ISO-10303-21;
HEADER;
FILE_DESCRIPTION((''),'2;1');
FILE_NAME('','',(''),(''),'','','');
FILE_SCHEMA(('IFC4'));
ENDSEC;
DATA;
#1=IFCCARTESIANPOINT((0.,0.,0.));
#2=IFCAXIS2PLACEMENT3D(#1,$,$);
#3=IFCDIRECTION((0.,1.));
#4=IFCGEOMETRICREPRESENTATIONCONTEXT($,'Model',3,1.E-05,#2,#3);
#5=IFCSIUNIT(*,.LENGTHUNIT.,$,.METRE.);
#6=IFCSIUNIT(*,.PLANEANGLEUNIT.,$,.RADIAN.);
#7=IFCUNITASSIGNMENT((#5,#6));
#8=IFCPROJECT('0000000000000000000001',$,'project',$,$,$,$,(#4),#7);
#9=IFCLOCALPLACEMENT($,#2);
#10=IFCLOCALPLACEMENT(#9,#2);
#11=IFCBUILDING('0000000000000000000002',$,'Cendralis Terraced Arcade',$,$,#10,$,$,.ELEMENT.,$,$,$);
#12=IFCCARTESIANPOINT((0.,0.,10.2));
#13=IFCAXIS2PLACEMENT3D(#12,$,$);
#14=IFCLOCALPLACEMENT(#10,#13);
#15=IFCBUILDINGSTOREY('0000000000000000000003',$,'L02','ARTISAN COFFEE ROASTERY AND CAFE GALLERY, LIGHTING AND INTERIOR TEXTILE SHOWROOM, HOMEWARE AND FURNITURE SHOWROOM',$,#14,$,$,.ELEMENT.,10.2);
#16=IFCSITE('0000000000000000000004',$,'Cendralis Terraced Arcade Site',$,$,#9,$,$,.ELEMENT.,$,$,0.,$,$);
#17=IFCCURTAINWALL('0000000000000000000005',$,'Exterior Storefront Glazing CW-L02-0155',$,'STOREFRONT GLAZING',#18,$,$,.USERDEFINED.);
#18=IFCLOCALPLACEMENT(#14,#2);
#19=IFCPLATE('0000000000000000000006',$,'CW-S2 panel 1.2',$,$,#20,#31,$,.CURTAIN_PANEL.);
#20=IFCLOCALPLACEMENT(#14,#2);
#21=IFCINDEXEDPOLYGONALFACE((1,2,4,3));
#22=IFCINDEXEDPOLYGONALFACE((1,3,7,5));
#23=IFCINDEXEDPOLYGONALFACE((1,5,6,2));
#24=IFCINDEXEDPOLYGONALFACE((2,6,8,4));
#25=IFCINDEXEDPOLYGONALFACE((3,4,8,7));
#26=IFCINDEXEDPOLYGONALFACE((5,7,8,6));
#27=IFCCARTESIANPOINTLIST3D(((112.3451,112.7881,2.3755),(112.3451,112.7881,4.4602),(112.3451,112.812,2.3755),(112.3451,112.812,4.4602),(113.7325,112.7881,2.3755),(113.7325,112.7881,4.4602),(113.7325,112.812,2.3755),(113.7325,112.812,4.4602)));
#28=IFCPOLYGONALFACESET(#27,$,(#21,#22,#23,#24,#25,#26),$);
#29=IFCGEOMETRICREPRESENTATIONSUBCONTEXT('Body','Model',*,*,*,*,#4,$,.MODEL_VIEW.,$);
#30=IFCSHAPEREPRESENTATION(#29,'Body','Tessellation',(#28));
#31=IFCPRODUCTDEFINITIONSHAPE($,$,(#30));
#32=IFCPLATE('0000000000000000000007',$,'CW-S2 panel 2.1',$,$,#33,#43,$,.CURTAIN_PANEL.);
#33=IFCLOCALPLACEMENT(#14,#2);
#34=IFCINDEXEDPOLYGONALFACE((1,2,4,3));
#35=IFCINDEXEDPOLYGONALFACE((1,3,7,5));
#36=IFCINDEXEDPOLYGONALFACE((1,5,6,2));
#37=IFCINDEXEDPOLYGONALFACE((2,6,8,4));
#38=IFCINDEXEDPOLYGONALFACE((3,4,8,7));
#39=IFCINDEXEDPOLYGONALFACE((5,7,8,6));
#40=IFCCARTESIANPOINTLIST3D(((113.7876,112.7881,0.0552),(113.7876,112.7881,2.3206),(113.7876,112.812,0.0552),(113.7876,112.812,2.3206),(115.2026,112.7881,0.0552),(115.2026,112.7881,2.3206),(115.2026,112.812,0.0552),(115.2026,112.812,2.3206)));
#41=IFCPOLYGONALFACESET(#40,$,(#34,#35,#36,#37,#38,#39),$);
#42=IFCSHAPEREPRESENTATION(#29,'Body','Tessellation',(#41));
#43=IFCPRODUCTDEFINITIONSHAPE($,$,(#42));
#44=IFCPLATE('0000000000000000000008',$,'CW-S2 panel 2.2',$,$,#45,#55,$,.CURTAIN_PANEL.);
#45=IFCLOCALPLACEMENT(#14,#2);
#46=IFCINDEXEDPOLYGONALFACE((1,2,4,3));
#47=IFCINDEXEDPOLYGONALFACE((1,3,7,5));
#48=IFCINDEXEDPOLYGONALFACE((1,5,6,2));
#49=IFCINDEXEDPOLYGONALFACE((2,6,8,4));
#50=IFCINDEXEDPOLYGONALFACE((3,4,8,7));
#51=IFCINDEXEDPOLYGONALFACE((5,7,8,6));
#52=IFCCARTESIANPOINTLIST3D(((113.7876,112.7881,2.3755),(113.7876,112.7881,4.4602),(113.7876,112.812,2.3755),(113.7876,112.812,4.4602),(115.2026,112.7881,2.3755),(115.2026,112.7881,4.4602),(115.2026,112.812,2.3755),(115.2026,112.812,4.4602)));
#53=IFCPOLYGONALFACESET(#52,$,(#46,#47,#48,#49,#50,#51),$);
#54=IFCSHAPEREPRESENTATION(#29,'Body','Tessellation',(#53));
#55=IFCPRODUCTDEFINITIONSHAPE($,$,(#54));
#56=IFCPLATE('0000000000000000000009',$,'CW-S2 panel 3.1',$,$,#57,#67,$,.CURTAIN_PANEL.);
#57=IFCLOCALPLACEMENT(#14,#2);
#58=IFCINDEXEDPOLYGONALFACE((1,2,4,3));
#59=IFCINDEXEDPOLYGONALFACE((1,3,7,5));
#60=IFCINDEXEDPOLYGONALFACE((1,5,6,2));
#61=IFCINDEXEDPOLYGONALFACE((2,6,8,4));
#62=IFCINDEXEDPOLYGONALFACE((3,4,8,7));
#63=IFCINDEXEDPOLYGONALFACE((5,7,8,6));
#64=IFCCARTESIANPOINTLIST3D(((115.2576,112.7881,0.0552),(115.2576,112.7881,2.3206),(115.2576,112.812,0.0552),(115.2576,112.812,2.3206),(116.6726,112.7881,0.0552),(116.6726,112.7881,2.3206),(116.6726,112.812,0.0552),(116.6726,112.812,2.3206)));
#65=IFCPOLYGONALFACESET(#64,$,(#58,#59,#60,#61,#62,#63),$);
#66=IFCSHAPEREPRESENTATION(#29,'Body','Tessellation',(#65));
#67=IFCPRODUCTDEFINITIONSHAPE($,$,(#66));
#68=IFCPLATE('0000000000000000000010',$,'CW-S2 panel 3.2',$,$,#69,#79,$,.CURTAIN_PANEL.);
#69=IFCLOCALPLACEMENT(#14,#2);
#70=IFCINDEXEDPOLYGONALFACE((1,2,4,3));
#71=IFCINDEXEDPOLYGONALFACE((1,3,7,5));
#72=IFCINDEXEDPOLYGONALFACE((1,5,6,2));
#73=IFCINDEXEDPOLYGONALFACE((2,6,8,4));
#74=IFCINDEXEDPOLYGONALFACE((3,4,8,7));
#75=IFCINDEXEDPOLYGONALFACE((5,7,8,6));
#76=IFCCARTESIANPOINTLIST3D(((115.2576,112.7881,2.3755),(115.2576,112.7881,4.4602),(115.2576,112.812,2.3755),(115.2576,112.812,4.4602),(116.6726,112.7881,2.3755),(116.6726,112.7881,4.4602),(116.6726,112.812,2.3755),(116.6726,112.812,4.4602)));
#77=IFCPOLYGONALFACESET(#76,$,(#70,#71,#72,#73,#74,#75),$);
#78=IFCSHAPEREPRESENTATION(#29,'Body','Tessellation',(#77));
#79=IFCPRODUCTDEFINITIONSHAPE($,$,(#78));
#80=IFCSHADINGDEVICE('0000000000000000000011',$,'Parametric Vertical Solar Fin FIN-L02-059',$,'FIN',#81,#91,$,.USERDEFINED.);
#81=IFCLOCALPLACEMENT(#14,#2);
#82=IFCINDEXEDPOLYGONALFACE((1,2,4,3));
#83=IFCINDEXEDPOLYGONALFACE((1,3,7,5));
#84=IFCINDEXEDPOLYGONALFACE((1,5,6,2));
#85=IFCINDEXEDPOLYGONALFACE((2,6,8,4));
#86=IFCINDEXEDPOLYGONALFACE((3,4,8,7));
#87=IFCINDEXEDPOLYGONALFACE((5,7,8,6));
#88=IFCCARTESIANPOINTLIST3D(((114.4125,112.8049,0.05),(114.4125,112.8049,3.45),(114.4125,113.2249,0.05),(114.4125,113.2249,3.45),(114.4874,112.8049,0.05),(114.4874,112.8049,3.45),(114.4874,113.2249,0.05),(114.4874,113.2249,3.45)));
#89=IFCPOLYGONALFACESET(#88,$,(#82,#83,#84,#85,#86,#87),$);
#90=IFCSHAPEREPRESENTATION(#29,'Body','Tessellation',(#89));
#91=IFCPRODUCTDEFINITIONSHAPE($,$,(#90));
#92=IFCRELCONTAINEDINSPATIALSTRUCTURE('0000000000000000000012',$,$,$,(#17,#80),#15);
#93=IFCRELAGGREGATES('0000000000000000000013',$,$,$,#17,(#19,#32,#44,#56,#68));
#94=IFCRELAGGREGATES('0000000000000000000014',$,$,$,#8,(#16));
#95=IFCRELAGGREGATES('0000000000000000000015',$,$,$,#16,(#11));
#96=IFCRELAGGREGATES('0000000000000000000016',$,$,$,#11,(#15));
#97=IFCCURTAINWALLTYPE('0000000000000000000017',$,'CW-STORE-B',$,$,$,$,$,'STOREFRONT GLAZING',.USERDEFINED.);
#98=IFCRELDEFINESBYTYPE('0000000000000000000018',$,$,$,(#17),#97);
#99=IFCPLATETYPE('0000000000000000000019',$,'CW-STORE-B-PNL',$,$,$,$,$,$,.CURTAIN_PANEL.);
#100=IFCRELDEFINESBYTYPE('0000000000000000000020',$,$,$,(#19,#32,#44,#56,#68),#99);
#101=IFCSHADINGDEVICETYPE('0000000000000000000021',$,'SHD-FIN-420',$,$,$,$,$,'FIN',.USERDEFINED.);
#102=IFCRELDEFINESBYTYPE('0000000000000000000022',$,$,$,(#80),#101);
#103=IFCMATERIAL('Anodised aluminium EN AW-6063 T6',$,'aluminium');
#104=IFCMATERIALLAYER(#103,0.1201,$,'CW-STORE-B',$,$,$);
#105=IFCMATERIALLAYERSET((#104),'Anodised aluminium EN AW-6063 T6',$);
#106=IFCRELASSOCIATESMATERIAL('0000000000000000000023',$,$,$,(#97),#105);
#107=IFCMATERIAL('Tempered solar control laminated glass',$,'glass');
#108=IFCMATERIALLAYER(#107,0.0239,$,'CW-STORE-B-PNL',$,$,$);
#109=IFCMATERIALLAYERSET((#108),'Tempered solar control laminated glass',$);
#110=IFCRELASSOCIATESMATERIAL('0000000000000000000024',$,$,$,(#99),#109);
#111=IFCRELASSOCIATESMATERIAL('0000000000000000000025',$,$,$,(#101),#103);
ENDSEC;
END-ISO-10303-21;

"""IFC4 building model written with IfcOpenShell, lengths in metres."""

from ifc_helpers import new_model, si_unit, direction, frame, origin, origin_2d, place, context, subcontext, project, spatial, rectangle, extrude, material, layer, layer_set, type_object, element, aggregate, save


model = new_model("IFC4")

# Units and contexts
model_context = context("Model", 3, precision=1e-05, world=origin(), true_north=direction((0.0, 1.0)))
body_context = subcontext(model_context, "Body", "Model", "MODEL_VIEW")
ifc_project = project(units=[si_unit("LENGTHUNIT", "METRE"), si_unit("PLANEANGLEUNIT", "RADIAN")], contexts=[model_context])

# Site, building, storey
site_placement = place(None, origin())
site = spatial("IfcSite", under=ifc_project, at=site_placement, Name="Cendralis Terraced Arcade Site", CompositionType="ELEMENT", RefElevation=0.0)
building_placement = place(site_placement, origin())
building = spatial("IfcBuilding", under=site, at=building_placement, Name="Cendralis Terraced Arcade", CompositionType="ELEMENT")
storey_placement = place(building_placement, frame((0.0, 0.0, 10.2)))
storey = spatial("IfcBuildingStorey", under=building, at=storey_placement, Name="L02", Description="ARTISAN COFFEE ROASTERY AND CAFE GALLERY, LIGHTING AND INTERIOR TEXTILE SHOWROOM, HOMEWARE AND FURNITURE SHOWROOM", CompositionType="ELEMENT", Elevation=10.2)

# Curtain wall, plates
ifc_material_1 = material(Name="Anodised aluminium EN AW-6063 T6", Category="aluminium")
ifc_layer_1 = layer(ifc_material_1, 0.1201, Name="CW-STORE-B")
ifc_layer_set_1 = layer_set([ifc_layer_1], Name="Anodised aluminium EN AW-6063 T6")
curtain_wall_type = type_object("IfcCurtainWallType", Name="CW-STORE-B", ElementType="STOREFRONT GLAZING", PredefinedType="USERDEFINED", material=ifc_layer_set_1)
curtain_wall_placement = place(storey_placement, origin())
curtain_wall = element("IfcCurtainWall", 1, at=curtain_wall_placement, inside=storey, type_object=curtain_wall_type, Name="Exterior Storefront Glazing CW-L02-0155", ObjectType="STOREFRONT GLAZING", PredefinedType="USERDEFINED")
ifc_material_2 = material(Name="Tempered solar control laminated glass", Category="glass")
ifc_layer_2 = layer(ifc_material_2, 0.0239, Name="CW-STORE-B-PNL")
ifc_layer_set_2 = layer_set([ifc_layer_2], Name="Tempered solar control laminated glass")
plate_type = type_object("IfcPlateType", Name="CW-STORE-B-PNL", PredefinedType="CURTAIN_PANEL", material=ifc_layer_set_2)
plate_1_placement = place(storey_placement, frame((113.0388, 112.8, 2.3755), z_axis=(0.0, 0.0, 1.0), x_axis=(1.0, 0.0, 0.0)))
plate_1 = element("IfcPlate", 2, at=plate_1_placement, type_object=plate_type, Name="CW-S2 panel 1.2", PredefinedType="CURTAIN_PANEL", context=body_context, shape_type="SweptSolid", body=[
    extrude(rectangle(XDim=1.3875, YDim=0.0239, at=origin_2d()), origin(), (0.0, 0.0, 1.0), 2.0847),
])
plate_2_placement = place(storey_placement, frame((114.4951, 112.8, 0.0552), z_axis=(0.0, 0.0, 1.0), x_axis=(1.0, 0.0, 0.0)))
plate_2 = element("IfcPlate", 3, at=plate_2_placement, type_object=plate_type, Name="CW-S2 panel 2.1", PredefinedType="CURTAIN_PANEL", context=body_context, shape_type="SweptSolid", body=[
    extrude(rectangle(XDim=1.415, YDim=0.0239, at=origin_2d()), origin(), (0.0, 0.0, 1.0), 2.2654),
])
plate_3_placement = place(storey_placement, frame((114.4951, 112.8, 2.3755), z_axis=(0.0, 0.0, 1.0), x_axis=(1.0, 0.0, 0.0)))
plate_3 = element("IfcPlate", 4, at=plate_3_placement, type_object=plate_type, Name="CW-S2 panel 2.2", PredefinedType="CURTAIN_PANEL", context=body_context, shape_type="SweptSolid", body=[
    extrude(rectangle(XDim=1.415, YDim=0.0239, at=origin_2d()), origin(), (0.0, 0.0, 1.0), 2.0847),
])
plate_4_placement = place(storey_placement, frame((115.9651, 112.8, 0.0552), z_axis=(0.0, 0.0, 1.0), x_axis=(1.0, 0.0, 0.0)))
plate_4 = element("IfcPlate", 5, at=plate_4_placement, type_object=plate_type, Name="CW-S2 panel 3.1", PredefinedType="CURTAIN_PANEL", context=body_context, shape_type="SweptSolid", body=[
    extrude(rectangle(XDim=1.415, YDim=0.0239, at=origin_2d()), origin(), (0.0, 0.0, 1.0), 2.2654),
])
plate_5_placement = place(storey_placement, frame((115.9651, 112.8, 2.3755), z_axis=(0.0, 0.0, 1.0), x_axis=(1.0, 0.0, 0.0)))
plate_5 = element("IfcPlate", 6, at=plate_5_placement, type_object=plate_type, Name="CW-S2 panel 3.2", PredefinedType="CURTAIN_PANEL", context=body_context, shape_type="SweptSolid", body=[
    extrude(rectangle(XDim=1.415, YDim=0.0239, at=origin_2d()), origin(), (0.0, 0.0, 1.0), 2.0847),
])
aggregate(curtain_wall, [plate_1, plate_2, plate_3, plate_4, plate_5])

# Shading device
shading_device_type = type_object("IfcShadingDeviceType", Name="SHD-FIN-420", ElementType="FIN", PredefinedType="USERDEFINED", material=ifc_material_1)
shading_device_placement = place(storey_placement, frame((114.45, 113.0149, 0.05), z_axis=(0.0, 0.0, 1.0), x_axis=(1.0, 0.0, 0.0)))
element("IfcShadingDevice", 7, at=shading_device_placement, inside=storey, type_object=shading_device_type, Name="Parametric Vertical Solar Fin FIN-L02-059", ObjectType="FIN", PredefinedType="USERDEFINED", context=body_context, shape_type="SweptSolid", body=[
    extrude(rectangle(XDim=0.075, YDim=0.4199, at=origin_2d()), origin(), (0.0, 0.0, 1.0), 3.3999),
])

save(model, "model.ifc")
